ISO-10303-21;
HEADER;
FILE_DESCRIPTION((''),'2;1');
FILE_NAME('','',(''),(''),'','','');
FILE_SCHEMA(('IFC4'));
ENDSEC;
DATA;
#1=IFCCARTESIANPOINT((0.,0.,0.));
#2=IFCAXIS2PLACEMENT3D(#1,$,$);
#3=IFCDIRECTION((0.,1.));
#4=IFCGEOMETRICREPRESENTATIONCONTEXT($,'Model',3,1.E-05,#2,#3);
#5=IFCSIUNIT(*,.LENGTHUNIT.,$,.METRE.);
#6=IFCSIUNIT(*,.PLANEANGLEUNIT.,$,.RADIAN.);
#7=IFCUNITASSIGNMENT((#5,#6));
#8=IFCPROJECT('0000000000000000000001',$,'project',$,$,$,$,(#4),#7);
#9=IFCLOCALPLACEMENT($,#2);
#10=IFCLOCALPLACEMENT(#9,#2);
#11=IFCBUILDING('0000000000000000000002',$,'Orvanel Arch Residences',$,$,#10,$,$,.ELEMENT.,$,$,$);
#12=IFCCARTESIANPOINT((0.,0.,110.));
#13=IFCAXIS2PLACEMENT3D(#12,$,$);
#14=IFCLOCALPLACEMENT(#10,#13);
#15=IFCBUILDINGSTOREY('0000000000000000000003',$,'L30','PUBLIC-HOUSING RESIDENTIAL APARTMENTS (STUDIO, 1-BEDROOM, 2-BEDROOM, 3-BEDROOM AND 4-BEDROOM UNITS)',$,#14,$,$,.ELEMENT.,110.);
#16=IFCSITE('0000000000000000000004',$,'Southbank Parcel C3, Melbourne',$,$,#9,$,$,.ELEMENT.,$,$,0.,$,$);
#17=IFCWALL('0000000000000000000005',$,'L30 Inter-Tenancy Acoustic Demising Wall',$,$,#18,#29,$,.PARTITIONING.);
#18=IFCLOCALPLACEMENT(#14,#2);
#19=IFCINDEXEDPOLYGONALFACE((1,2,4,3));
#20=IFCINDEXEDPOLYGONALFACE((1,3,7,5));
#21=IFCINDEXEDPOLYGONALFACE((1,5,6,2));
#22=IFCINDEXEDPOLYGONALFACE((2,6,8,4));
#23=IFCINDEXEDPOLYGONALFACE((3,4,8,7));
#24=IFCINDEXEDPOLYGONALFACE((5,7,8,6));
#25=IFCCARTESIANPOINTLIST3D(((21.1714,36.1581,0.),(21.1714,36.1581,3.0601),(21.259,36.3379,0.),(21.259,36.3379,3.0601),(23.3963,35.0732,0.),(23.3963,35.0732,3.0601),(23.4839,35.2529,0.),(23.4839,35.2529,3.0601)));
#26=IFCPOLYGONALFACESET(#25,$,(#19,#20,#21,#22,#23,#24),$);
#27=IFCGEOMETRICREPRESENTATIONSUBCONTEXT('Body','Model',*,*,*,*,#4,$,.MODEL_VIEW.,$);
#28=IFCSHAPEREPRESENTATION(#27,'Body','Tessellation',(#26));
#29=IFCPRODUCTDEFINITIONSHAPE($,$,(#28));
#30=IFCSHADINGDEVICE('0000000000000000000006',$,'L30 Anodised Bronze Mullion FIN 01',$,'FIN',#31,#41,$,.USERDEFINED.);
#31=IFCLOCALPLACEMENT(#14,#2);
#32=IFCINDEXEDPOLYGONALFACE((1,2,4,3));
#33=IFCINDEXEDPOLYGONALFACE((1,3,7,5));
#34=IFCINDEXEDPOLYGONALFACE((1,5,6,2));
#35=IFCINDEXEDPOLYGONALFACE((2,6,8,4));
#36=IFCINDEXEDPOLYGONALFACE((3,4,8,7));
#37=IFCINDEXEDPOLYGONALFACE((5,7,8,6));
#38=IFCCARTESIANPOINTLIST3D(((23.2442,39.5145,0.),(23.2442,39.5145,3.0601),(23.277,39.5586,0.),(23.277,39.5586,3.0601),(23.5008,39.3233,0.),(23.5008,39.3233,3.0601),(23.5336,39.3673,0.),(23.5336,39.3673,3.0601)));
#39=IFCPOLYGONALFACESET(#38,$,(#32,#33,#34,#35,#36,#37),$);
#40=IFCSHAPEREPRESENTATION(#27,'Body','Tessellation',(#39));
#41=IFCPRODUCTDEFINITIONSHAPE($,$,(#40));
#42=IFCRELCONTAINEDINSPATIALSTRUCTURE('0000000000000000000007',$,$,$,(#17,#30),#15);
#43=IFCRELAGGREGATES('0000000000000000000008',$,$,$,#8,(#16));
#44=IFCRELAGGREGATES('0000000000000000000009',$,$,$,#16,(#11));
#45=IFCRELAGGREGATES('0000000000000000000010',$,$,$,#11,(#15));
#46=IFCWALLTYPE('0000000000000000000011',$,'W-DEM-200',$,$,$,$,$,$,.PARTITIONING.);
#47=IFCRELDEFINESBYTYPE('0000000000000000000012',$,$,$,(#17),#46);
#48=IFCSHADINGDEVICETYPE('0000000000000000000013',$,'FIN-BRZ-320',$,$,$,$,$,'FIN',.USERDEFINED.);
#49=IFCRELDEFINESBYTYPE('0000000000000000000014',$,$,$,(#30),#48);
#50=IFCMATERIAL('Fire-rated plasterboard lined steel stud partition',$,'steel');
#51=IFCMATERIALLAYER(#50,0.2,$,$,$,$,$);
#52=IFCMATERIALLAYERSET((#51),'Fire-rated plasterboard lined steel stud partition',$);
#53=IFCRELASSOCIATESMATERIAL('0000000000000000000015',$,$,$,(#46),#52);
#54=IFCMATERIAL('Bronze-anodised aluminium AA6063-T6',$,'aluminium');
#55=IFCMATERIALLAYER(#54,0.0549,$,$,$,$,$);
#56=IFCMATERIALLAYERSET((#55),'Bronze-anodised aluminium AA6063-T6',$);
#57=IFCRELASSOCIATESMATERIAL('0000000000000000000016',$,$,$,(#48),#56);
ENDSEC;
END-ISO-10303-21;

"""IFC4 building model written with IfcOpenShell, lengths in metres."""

from ifc_helpers import new_model, si_unit, direction, frame, frame_2d, origin, origin_2d, place, context, subcontext, project, spatial, rectangle, extrude, material, layer, layer_set, type_object, element, save


model = new_model("IFC4")

# Units and contexts
model_context = context("Model", 3, precision=1e-05, world=origin(), true_north=direction((0.0, 1.0)))
body_context = subcontext(model_context, "Body", "Model", "MODEL_VIEW")
ifc_project = project(units=[si_unit("LENGTHUNIT", "METRE"), si_unit("PLANEANGLEUNIT", "RADIAN")], contexts=[model_context])

# Site, building, storey
site_placement = place(None, origin())
site = spatial("IfcSite", under=ifc_project, at=site_placement, Name="Southbank Parcel C3, Melbourne", CompositionType="ELEMENT", RefElevation=0.0)
building_placement = place(site_placement, origin())
building = spatial("IfcBuilding", under=site, at=building_placement, Name="Orvanel Arch Residences", CompositionType="ELEMENT")
storey_placement = place(building_placement, frame((0.0, 0.0, 110.0)))
storey = spatial("IfcBuildingStorey", under=building, at=storey_placement, Name="L30", Description="PUBLIC-HOUSING RESIDENTIAL APARTMENTS (STUDIO, 1-BEDROOM, 2-BEDROOM, 3-BEDROOM AND 4-BEDROOM UNITS)", CompositionType="ELEMENT", Elevation=110.0)

# Shared definitions
ifc_material_1 = material(Name="Bronze-anodised aluminium AA6063-T6", Category="aluminium")

# Shared definitions
ifc_material_2 = material(Name="Fire-rated plasterboard lined steel stud partition", Category="steel")

# Wall
ifc_layer_1 = layer(ifc_material_2, 0.2)
ifc_layer_set_1 = layer_set([ifc_layer_1], Name="Fire-rated plasterboard lined steel stud partition")
wall_type_1 = type_object("IfcWallType", Name="W-DEM-200", PredefinedType="PARTITIONING", material=ifc_layer_set_1)
wall_1_placement = place(storey_placement, frame((21.2151, 36.248, 0.0), z_axis=(0.0, 0.0, 1.0), x_axis=(0.898822, -0.438315, 0.0)))
element("IfcWall", 1, at=wall_1_placement, inside=storey, type_object=wall_type_1, Name="L30 Inter-Tenancy Acoustic Demising Wall", PredefinedType="PARTITIONING", context=body_context, shape_type="SweptSolid", body=[
    extrude(rectangle(XDim=2.4753, YDim=0.2, at=frame_2d((1.2378, 0.0))), origin(), (0.0, 0.0, 1.0), 3.0601),
])

# Shading device
ifc_layer_2 = layer(ifc_material_1, 0.0549)
ifc_layer_set_2 = layer_set([ifc_layer_2], Name="Bronze-anodised aluminium AA6063-T6")
shading_device_type = type_object("IfcShadingDeviceType", Name="FIN-BRZ-320", ElementType="FIN", PredefinedType="USERDEFINED", material=ifc_layer_set_2)
shading_device_placement = place(storey_placement, frame((23.3889, 39.4409, 0.0), z_axis=(0.0, 0.0, 1.0), x_axis=(-0.801776, 0.597625, 0.0)))
element("IfcShadingDevice", 2, at=shading_device_placement, inside=storey, type_object=shading_device_type, Name="L30 Anodised Bronze Mullion FIN 01", ObjectType="FIN", PredefinedType="USERDEFINED", context=body_context, shape_type="SweptSolid", body=[
    extrude(rectangle(XDim=0.3201, YDim=0.0549, at=origin_2d()), origin(), (0.0, 0.0, 1.0), 3.0601),
])

save(model, "model.ifc")
